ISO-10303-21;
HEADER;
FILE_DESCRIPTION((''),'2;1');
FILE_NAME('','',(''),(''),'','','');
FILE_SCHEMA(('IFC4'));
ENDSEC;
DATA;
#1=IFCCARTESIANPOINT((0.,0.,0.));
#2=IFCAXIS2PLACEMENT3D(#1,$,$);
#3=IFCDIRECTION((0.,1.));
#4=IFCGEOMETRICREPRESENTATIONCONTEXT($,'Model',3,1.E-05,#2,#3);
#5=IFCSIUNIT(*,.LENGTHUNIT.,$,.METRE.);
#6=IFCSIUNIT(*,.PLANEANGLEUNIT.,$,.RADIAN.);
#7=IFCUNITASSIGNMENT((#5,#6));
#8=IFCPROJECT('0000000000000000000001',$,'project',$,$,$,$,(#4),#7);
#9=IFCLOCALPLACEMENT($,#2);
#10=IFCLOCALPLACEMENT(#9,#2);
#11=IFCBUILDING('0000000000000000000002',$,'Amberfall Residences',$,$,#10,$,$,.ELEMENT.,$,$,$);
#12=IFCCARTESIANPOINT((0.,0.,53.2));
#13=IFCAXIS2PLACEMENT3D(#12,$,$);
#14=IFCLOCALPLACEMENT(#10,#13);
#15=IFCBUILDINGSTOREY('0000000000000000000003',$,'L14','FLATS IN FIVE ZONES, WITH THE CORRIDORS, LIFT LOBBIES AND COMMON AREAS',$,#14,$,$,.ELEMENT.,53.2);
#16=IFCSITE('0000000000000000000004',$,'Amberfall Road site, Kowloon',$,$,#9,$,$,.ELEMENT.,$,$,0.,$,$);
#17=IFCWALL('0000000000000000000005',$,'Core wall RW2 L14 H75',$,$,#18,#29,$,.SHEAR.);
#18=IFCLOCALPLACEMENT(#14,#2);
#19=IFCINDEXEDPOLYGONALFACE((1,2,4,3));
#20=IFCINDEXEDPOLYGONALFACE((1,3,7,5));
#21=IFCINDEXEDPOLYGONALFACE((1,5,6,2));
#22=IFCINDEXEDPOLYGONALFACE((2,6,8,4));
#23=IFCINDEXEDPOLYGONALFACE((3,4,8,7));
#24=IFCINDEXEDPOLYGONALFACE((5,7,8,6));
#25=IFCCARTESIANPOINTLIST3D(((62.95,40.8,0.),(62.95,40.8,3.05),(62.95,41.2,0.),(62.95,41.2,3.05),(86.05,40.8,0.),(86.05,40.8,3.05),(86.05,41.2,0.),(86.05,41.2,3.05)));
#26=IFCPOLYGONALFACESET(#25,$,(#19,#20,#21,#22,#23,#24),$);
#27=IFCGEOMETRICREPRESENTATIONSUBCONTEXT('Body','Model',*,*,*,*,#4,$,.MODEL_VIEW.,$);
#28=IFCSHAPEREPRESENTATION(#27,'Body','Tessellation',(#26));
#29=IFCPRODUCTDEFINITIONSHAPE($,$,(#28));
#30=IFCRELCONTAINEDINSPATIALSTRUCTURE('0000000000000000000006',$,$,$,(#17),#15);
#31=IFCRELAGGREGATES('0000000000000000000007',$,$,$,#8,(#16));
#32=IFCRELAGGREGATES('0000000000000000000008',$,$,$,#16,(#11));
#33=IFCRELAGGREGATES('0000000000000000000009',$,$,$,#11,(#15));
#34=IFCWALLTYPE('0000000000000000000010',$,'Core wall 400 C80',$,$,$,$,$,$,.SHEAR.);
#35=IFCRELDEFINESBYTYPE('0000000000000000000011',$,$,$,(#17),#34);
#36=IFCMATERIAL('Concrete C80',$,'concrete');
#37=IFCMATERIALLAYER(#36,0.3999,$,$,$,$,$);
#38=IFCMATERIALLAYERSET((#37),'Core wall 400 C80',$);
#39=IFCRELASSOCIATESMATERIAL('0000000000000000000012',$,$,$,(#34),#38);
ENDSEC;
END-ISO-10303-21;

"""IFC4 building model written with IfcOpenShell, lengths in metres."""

from ifc_helpers import new_model, si_unit, direction, frame, frame_2d, origin, place, context, subcontext, project, spatial, rectangle, extrude, material, layer, layer_set, type_object, element, save


model = new_model("IFC4")

# Units and contexts
model_context = context("Model", 3, precision=1e-05, world=origin(), true_north=direction((0.0, 1.0)))
body_context = subcontext(model_context, "Body", "Model", "MODEL_VIEW")
ifc_project = project(units=[si_unit("LENGTHUNIT", "METRE"), si_unit("PLANEANGLEUNIT", "RADIAN")], contexts=[model_context])

# Site, building, storey
site_placement = place(None, origin())
site = spatial("IfcSite", under=ifc_project, at=site_placement, Name="Amberfall Road site, Kowloon", CompositionType="ELEMENT", RefElevation=0.0)
building_placement = place(site_placement, origin())
building = spatial("IfcBuilding", under=site, at=building_placement, Name="Amberfall Residences", CompositionType="ELEMENT")
storey_placement = place(building_placement, frame((0.0, 0.0, 53.2)))
storey = spatial("IfcBuildingStorey", under=building, at=storey_placement, Name="L14", Description="FLATS IN FIVE ZONES, WITH THE CORRIDORS, LIFT LOBBIES AND COMMON AREAS", CompositionType="ELEMENT", Elevation=53.2)

# Wall
ifc_material_1 = material(Name="Concrete C80", Category="concrete")
ifc_layer_1 = layer(ifc_material_1, 0.3999)
ifc_layer_set_1 = layer_set([ifc_layer_1], Name="Core wall 400 C80")
wall_type_1 = type_object("IfcWallType", Name="Core wall 400 C80", PredefinedType="SHEAR", material=ifc_layer_set_1)
wall_1_placement = place(storey_placement, frame((62.95, 41.0, 0.0), z_axis=(0.0, 0.0, 1.0), x_axis=(1.0, 0.0, 0.0)))
element("IfcWall", 1, at=wall_1_placement, inside=storey, type_object=wall_type_1, Name="Core wall RW2 L14 H75", PredefinedType="SHEAR", context=body_context, shape_type="SweptSolid", body=[
    extrude(rectangle(XDim=23.1001, YDim=0.3999, at=frame_2d((11.55, 0.0))), origin(), (0.0, 0.0, 1.0), 3.05),
])

save(model, "model.ifc")
